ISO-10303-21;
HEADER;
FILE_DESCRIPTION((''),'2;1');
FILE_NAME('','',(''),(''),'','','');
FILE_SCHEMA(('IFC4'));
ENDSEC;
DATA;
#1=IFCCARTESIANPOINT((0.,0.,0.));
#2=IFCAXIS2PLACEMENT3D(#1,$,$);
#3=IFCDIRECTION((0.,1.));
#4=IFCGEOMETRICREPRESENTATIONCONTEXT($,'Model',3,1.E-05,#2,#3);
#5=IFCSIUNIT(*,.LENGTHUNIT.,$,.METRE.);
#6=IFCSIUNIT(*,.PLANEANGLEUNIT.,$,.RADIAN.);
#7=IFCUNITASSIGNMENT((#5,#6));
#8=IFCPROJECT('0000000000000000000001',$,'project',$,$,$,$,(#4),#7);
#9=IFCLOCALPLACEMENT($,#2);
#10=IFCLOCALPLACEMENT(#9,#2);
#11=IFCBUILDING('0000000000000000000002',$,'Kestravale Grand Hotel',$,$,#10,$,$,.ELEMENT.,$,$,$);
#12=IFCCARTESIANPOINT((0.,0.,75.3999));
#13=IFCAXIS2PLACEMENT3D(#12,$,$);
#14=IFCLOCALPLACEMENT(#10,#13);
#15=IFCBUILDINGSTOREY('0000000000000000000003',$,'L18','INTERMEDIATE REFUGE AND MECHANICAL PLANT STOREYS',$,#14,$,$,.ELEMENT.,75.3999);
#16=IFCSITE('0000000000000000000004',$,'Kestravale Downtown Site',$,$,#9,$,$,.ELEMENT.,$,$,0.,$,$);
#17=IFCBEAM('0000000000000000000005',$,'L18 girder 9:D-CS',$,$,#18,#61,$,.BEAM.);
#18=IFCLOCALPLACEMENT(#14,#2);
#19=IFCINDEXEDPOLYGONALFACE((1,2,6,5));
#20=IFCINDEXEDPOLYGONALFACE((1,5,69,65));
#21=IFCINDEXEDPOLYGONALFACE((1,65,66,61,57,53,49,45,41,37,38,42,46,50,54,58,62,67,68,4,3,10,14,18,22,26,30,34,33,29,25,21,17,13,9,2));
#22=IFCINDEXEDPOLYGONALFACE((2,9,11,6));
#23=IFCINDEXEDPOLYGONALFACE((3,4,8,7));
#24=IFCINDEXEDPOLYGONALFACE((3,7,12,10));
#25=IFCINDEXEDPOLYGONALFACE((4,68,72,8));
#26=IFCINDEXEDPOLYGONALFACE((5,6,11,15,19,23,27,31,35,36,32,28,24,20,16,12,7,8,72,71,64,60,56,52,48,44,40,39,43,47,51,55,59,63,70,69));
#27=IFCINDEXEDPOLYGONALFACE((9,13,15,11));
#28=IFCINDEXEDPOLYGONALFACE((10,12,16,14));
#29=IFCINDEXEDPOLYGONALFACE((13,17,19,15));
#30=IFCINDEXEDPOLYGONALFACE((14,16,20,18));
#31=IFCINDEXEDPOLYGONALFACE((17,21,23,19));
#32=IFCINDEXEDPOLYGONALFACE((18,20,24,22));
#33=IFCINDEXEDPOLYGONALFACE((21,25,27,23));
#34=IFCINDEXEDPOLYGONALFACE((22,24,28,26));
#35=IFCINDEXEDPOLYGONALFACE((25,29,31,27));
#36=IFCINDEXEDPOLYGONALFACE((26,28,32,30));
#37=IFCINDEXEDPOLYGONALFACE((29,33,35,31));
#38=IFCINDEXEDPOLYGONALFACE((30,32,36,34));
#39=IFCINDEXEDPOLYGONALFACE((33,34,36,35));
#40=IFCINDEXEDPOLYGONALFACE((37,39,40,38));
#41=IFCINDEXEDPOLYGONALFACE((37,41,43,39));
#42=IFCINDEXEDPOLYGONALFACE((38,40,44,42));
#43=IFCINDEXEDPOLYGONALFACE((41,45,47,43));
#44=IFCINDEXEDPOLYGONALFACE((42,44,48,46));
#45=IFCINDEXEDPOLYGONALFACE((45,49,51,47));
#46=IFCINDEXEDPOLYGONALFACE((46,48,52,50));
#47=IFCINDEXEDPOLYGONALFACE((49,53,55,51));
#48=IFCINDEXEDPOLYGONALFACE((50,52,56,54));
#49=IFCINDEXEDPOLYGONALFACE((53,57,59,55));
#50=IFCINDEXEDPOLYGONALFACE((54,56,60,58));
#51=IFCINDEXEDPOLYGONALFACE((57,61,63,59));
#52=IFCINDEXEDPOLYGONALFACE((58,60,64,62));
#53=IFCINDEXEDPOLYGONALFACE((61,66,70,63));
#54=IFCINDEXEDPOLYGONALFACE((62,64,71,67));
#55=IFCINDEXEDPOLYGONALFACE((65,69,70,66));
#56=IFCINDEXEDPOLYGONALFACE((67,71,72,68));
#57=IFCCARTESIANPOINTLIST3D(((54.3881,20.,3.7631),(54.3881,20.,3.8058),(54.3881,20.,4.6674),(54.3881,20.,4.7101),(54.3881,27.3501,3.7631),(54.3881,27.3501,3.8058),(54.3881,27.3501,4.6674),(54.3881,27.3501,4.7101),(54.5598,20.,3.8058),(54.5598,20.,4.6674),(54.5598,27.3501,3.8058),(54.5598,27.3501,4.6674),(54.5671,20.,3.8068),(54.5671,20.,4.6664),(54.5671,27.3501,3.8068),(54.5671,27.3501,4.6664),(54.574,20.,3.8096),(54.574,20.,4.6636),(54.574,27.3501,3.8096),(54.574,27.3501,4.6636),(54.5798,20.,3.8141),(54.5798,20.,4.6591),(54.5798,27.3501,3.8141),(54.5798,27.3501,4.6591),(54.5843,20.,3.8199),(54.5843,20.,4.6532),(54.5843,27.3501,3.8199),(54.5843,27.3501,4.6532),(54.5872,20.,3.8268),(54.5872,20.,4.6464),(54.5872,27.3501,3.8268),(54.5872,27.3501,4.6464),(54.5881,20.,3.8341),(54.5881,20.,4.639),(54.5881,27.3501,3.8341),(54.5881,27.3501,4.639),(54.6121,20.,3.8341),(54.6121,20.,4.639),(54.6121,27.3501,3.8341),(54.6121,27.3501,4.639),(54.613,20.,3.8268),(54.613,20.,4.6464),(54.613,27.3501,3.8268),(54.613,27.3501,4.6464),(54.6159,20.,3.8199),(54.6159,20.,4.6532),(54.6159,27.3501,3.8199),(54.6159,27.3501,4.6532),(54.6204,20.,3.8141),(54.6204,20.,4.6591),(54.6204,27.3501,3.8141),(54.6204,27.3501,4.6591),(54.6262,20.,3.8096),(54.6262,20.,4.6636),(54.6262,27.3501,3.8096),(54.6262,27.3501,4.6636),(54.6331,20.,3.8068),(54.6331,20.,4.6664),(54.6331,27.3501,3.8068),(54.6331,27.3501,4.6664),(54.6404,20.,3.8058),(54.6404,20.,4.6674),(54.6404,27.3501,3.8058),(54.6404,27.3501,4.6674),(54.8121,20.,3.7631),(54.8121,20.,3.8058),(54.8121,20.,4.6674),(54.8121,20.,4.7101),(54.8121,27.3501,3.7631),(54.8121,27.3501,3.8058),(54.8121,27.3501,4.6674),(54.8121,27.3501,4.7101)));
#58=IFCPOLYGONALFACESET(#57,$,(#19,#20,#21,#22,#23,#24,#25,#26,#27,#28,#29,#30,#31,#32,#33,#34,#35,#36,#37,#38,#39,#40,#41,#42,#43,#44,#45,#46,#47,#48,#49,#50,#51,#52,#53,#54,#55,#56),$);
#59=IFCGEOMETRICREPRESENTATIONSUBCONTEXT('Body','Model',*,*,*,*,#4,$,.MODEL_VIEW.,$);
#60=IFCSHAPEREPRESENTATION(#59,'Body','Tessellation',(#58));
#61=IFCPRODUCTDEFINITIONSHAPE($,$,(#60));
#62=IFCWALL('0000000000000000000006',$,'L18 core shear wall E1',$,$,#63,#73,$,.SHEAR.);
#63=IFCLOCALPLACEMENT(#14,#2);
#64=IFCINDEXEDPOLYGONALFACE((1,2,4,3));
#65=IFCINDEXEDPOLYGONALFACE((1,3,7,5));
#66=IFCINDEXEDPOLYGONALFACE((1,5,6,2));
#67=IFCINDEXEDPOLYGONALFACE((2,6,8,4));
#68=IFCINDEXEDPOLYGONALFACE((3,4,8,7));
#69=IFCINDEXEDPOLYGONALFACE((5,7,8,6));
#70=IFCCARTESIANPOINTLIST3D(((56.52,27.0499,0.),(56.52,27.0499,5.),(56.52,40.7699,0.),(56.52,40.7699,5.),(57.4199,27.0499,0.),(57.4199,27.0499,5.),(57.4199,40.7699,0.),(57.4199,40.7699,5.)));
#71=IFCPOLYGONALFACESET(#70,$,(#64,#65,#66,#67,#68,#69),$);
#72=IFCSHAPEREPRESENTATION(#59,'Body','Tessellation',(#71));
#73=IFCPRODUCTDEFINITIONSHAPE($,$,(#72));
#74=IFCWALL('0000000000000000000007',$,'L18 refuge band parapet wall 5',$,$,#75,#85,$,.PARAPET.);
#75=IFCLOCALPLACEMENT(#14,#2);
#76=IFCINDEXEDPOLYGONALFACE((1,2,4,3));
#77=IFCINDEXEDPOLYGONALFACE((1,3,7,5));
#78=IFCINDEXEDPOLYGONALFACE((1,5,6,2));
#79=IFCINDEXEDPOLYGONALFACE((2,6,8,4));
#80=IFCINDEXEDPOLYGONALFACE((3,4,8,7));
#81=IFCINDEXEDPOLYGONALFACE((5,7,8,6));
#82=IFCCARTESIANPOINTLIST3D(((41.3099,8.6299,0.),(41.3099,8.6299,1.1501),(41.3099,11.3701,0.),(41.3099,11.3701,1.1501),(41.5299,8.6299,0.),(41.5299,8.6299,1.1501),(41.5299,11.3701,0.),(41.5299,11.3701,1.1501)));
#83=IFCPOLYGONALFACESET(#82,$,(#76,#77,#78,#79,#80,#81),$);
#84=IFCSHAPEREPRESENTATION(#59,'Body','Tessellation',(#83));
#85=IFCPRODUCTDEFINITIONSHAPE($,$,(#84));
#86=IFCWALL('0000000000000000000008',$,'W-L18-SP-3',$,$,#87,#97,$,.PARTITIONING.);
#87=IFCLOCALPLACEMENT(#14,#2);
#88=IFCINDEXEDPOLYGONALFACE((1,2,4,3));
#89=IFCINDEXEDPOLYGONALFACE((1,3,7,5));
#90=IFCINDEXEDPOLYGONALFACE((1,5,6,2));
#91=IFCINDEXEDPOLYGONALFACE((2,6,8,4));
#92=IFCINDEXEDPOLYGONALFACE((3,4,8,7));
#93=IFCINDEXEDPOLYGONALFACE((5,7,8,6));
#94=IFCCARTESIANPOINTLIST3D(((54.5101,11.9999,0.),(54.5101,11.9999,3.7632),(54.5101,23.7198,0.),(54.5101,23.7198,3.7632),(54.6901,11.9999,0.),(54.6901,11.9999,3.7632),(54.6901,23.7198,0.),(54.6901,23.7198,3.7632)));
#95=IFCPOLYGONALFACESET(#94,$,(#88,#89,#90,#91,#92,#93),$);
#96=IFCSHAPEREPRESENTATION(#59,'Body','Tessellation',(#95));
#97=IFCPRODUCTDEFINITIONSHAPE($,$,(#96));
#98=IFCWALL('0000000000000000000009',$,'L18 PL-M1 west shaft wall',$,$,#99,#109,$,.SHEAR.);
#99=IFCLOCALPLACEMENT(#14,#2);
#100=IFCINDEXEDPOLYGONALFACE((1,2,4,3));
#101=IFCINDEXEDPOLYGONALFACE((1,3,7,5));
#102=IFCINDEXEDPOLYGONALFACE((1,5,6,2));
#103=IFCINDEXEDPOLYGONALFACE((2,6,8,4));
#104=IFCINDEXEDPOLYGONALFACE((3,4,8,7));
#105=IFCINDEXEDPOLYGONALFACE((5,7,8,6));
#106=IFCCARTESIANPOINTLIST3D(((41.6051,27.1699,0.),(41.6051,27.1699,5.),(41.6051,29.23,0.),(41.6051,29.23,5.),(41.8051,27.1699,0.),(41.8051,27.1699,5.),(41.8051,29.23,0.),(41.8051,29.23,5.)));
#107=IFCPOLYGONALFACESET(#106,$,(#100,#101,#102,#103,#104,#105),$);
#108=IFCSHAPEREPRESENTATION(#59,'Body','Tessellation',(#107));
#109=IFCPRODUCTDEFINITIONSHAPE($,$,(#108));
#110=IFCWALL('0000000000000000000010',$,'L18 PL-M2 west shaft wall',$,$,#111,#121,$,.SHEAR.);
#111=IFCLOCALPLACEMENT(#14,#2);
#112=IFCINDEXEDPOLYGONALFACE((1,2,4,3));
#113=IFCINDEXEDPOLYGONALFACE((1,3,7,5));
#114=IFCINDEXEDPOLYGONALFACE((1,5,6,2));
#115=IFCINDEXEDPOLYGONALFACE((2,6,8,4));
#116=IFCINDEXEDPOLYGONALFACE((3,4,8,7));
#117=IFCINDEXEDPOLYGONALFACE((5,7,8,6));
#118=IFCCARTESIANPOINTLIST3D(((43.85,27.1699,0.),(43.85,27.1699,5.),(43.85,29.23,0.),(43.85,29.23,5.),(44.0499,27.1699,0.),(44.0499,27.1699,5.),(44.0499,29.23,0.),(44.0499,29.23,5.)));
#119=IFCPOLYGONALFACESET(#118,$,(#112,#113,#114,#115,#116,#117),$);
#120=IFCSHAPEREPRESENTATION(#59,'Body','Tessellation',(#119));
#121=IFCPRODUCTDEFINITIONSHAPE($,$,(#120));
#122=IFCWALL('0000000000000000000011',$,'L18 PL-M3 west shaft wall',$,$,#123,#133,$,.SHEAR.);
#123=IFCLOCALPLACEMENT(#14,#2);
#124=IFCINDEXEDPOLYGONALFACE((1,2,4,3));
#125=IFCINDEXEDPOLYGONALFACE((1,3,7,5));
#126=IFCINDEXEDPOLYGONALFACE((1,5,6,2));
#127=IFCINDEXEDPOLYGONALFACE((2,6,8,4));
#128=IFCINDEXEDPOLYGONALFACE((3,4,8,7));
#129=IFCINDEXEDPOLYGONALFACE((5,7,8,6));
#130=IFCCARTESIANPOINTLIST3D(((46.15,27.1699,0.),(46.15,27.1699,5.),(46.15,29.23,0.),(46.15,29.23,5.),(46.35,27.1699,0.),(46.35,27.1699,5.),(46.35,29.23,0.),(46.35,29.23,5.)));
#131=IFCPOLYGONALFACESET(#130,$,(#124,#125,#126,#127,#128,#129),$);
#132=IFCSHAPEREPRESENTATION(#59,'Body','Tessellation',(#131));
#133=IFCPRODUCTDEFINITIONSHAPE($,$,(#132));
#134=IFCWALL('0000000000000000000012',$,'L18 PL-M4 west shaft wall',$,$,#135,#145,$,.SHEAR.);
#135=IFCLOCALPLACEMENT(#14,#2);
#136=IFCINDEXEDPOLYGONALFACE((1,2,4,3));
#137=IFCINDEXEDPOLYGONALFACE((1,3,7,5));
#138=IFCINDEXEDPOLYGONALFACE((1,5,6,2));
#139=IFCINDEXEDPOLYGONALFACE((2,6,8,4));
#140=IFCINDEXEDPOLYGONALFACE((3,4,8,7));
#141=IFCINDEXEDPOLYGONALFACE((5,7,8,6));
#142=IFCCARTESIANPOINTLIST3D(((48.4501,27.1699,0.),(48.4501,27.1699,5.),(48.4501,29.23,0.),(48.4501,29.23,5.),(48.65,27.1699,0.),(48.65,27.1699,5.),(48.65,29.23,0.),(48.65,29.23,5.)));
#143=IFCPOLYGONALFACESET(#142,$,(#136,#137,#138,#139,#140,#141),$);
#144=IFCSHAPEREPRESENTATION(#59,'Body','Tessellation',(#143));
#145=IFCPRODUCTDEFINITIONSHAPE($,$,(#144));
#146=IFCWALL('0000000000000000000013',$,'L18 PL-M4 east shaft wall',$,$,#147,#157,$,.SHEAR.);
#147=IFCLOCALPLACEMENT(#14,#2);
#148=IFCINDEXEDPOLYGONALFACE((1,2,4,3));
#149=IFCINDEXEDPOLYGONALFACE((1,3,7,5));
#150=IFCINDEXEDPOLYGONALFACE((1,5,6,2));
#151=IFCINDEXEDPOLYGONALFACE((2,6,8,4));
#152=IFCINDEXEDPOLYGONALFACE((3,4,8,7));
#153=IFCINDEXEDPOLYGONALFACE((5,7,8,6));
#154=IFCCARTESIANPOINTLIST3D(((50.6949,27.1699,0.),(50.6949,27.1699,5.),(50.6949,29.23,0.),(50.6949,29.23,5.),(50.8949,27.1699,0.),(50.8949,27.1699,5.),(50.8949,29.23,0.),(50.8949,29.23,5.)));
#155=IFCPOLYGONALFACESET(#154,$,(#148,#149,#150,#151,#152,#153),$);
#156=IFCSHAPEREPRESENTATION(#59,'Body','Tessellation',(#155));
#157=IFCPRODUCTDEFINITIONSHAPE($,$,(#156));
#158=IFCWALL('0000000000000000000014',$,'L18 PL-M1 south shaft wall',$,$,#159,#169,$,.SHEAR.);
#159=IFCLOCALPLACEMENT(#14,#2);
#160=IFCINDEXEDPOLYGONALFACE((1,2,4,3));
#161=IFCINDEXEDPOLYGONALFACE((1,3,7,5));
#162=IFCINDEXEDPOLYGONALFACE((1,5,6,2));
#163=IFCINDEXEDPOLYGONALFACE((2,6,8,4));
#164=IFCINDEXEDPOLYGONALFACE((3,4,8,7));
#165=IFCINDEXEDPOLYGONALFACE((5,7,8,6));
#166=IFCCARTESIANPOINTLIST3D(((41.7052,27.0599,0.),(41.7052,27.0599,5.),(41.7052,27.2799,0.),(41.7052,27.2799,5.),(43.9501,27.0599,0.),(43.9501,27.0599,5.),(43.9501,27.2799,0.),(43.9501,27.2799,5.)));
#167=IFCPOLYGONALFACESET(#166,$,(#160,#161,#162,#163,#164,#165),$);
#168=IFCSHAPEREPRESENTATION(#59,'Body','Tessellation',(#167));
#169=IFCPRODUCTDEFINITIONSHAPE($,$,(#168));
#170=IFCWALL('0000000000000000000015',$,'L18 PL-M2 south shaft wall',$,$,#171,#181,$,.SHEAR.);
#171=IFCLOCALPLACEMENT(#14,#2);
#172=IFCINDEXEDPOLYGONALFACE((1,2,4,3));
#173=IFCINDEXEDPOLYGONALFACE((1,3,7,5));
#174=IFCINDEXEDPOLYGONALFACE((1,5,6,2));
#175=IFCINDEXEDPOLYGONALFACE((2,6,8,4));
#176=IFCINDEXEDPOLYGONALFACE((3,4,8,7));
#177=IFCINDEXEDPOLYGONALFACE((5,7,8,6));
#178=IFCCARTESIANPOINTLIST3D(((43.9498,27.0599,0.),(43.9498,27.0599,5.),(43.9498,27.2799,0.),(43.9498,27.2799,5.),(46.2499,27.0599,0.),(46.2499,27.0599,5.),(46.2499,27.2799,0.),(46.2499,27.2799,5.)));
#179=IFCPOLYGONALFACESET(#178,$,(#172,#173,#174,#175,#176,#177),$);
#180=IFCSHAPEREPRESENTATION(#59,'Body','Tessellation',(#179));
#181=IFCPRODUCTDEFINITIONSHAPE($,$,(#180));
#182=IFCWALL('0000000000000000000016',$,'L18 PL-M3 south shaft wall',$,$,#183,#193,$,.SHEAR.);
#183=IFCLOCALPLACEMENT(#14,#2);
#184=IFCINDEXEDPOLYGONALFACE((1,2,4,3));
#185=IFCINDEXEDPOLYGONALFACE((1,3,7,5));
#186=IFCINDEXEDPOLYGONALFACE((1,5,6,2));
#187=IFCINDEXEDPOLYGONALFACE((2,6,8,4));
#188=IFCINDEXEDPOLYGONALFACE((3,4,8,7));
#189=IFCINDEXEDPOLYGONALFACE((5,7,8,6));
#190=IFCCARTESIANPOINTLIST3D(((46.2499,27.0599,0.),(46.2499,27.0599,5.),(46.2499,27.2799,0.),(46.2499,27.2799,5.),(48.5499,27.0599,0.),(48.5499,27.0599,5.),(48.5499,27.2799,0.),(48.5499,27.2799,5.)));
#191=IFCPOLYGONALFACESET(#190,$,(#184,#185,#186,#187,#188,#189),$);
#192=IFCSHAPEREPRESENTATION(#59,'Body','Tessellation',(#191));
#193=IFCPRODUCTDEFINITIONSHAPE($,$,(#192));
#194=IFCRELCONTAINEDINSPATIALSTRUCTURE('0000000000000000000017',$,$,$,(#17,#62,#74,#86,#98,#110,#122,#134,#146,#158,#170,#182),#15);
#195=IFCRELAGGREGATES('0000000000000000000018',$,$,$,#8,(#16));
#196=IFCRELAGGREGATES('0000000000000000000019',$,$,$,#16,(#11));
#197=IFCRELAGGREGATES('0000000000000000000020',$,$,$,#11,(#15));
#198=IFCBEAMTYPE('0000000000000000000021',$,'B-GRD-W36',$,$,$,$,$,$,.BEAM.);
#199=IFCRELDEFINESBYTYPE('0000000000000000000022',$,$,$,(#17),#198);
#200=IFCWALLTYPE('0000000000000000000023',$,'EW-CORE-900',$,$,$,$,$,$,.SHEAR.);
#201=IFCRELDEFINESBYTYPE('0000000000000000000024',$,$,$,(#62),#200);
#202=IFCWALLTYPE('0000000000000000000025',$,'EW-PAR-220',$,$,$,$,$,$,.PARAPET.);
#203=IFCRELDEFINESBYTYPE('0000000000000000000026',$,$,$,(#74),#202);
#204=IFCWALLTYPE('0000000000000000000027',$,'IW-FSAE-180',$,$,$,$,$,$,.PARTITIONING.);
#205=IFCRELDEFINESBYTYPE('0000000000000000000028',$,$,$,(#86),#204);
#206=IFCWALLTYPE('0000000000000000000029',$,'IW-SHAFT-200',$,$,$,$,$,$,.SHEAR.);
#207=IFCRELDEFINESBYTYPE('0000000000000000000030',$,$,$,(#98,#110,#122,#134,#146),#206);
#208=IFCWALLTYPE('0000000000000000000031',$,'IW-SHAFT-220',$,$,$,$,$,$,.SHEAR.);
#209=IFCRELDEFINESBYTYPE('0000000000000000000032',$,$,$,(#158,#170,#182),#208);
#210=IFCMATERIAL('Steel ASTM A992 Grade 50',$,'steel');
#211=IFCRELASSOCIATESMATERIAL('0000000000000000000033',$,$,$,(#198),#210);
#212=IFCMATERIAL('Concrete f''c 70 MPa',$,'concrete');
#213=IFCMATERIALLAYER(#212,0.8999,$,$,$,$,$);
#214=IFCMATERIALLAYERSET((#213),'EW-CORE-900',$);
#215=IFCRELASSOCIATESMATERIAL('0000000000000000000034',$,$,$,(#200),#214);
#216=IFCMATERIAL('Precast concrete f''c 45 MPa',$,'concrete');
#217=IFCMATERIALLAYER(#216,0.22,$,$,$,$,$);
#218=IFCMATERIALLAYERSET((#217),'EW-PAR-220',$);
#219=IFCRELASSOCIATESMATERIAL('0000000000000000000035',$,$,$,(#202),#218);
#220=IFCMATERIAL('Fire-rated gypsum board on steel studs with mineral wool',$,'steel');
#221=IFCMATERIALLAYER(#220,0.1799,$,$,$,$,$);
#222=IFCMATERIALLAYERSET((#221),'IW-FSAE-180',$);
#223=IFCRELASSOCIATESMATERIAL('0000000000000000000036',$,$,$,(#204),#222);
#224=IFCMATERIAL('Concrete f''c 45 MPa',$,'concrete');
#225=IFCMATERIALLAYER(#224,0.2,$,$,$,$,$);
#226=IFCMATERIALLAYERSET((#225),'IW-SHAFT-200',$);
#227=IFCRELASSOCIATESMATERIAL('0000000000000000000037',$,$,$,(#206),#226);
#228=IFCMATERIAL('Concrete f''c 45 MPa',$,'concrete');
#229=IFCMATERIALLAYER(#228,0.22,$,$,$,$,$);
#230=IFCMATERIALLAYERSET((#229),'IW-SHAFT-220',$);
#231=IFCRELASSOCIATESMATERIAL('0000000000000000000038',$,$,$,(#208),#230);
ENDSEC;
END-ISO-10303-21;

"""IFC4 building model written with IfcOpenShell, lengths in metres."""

from ifc_helpers import new_model, si_unit, direction, frame, frame_2d, origin, origin_2d, place, context, subcontext, project, spatial, rectangle, i_section, extrude, material, layer, layer_set, material_profile, profile_set, type_object, element, save


model = new_model("IFC4")

# Units and contexts
model_context = context("Model", 3, precision=1e-05, world=origin(), true_north=direction((0.0, 1.0)))
body_context = subcontext(model_context, "Body", "Model", "MODEL_VIEW")
ifc_project = project(units=[si_unit("LENGTHUNIT", "METRE"), si_unit("PLANEANGLEUNIT", "RADIAN")], contexts=[model_context])

# Site, building, storey
site_placement = place(None, origin())
site = spatial("IfcSite", under=ifc_project, at=site_placement, Name="Kestravale Downtown Site", CompositionType="ELEMENT", RefElevation=0.0)
building_placement = place(site_placement, origin())
building = spatial("IfcBuilding", under=site, at=building_placement, Name="Kestravale Grand Hotel", CompositionType="ELEMENT")
storey_placement = place(building_placement, frame((0.0, 0.0, 75.3999)))
storey = spatial("IfcBuildingStorey", under=building, at=storey_placement, Name="L18", Description="INTERMEDIATE REFUGE AND MECHANICAL PLANT STOREYS", CompositionType="ELEMENT", Elevation=75.3999)

# Beam
ifc_material_1 = material(Name="Steel ASTM A992 Grade 50", Category="steel")
ifc_material_profile_1 = material_profile(ifc_material_1, i_section(OverallWidth=0.4241, OverallDepth=0.947, WebThickness=0.0239, FlangeThickness=0.0427, FilletRadius=0.0283, at=origin_2d()))
ifc_profile_set_1 = profile_set([ifc_material_profile_1], Name="Steel ASTM A992 Grade 50")
beam_type_1 = type_object("IfcBeamType", Name="B-GRD-W36", PredefinedType="BEAM", material=ifc_profile_set_1)
beam_1_placement = place(storey_placement, frame((54.6001, 20.0, 4.2366), z_axis=(0.0, 1.0, 0.0), x_axis=(-1.0, 0.0, 0.0)))
element("IfcBeam", 1, at=beam_1_placement, inside=storey, type_object=beam_type_1, Name="L18 girder 9:D-CS", PredefinedType="BEAM", context=body_context, shape_type="SweptSolid", body=[
    extrude(i_section(OverallWidth=0.4241, OverallDepth=0.947, WebThickness=0.0239, FlangeThickness=0.0427, FilletRadius=0.0283, at=origin_2d()), origin(), (0.0, 0.0, 1.0), 7.3501),
])

# Walls
ifc_material_2 = material(Name="Concrete f'c 70 MPa", Category="concrete")
ifc_layer_1 = layer(ifc_material_2, 0.8999)
ifc_layer_set_1 = layer_set([ifc_layer_1], Name="EW-CORE-900")
wall_type_1 = type_object("IfcWallType", Name="EW-CORE-900", PredefinedType="SHEAR", material=ifc_layer_set_1)
wall_1_placement = place(storey_placement, frame((56.97, 27.05, 0.0), z_axis=(0.0, 0.0, 1.0), x_axis=(0.0, 1.0, 0.0)))
element("IfcWall", 2, at=wall_1_placement, inside=storey, type_object=wall_type_1, Name="L18 core shear wall E1", PredefinedType="SHEAR", context=body_context, shape_type="SweptSolid", body=[
    extrude(rectangle(XDim=13.72, YDim=0.8999, at=frame_2d((6.8599, 0.0))), origin(), (0.0, 0.0, 1.0), 5.0),
])
ifc_material_3 = material(Name="Precast concrete f'c 45 MPa", Category="concrete")
ifc_layer_2 = layer(ifc_material_3, 0.22)
ifc_layer_set_2 = layer_set([ifc_layer_2], Name="EW-PAR-220")
wall_type_2 = type_object("IfcWallType", Name="EW-PAR-220", PredefinedType="PARAPET", material=ifc_layer_set_2)
wall_2_placement = place(storey_placement, frame((41.4199, 11.3701, 0.0), z_axis=(0.0, 0.0, 1.0), x_axis=(0.0, -1.0, 0.0)))
element("IfcWall", 3, at=wall_2_placement, inside=storey, type_object=wall_type_2, Name="L18 refuge band parapet wall 5", PredefinedType="PARAPET", context=body_context, shape_type="SweptSolid", body=[
    extrude(rectangle(XDim=2.7402, YDim=0.22, at=frame_2d((1.3701, 0.0))), origin(), (0.0, 0.0, 1.0), 1.1501),
])
ifc_material_4 = material(Name="Fire-rated gypsum board on steel studs with mineral wool", Category="steel")
ifc_layer_3 = layer(ifc_material_4, 0.1799)
ifc_layer_set_3 = layer_set([ifc_layer_3], Name="IW-FSAE-180")
wall_type_3 = type_object("IfcWallType", Name="IW-FSAE-180", PredefinedType="PARTITIONING", material=ifc_layer_set_3)
wall_3_placement = place(storey_placement, frame((54.6001, 12.0, 0.0), z_axis=(0.0, 0.0, 1.0), x_axis=(0.0, 1.0, 0.0)))
element("IfcWall", 4, at=wall_3_placement, inside=storey, type_object=wall_type_3, Name="W-L18-SP-3", PredefinedType="PARTITIONING", context=body_context, shape_type="SweptSolid", body=[
    extrude(rectangle(XDim=11.72, YDim=0.1799, at=frame_2d((5.8599, 0.0))), origin(), (0.0, 0.0, 1.0), 3.7632),
])
ifc_material_5 = material(Name="Concrete f'c 45 MPa", Category="concrete")
ifc_layer_4 = layer(ifc_material_5, 0.2)
ifc_layer_set_4 = layer_set([ifc_layer_4], Name="IW-SHAFT-200")
wall_type_4 = type_object("IfcWallType", Name="IW-SHAFT-200", PredefinedType="SHEAR", material=ifc_layer_set_4)
for number, where, z_axis, x_axis, name in (
    (5, (41.7051, 27.1699, 0.0), (0.0, 0.0, 1.0), (0.0, 1.0, 0.0), "L18 PL-M1 west shaft wall"),
    (6, (43.95, 27.1699, 0.0), (0.0, 0.0, 1.0), (0.0, 1.0, 0.0), "L18 PL-M2 west shaft wall"),
    (7, (46.25, 27.1699, 0.0), (0.0, 0.0, 1.0), (0.0, 1.0, 0.0), "L18 PL-M3 west shaft wall"),
    (8, (48.55, 27.1699, 0.0), (0.0, 0.0, 1.0), (0.0, 1.0, 0.0), "L18 PL-M4 west shaft wall"),
    (9, (50.7949, 27.1699, 0.0), (0.0, 0.0, 1.0), (0.0, 1.0, 0.0), "L18 PL-M4 east shaft wall"),
):
    element("IfcWall", number, at=place(storey_placement, frame(where, z_axis=z_axis, x_axis=x_axis)), inside=storey, type_object=wall_type_4, Name=name, PredefinedType="SHEAR", context=body_context, shape_type="SweptSolid", body=[
        extrude(rectangle(XDim=2.0601, YDim=0.2, at=frame_2d((1.03, 0.0))), origin(), (0.0, 0.0, 1.0), 5.0),
    ])
ifc_material_6 = material(Name="Concrete f'c 45 MPa", Category="concrete")
ifc_layer_5 = layer(ifc_material_6, 0.22)
ifc_layer_set_5 = layer_set([ifc_layer_5], Name="IW-SHAFT-220")
wall_type_5 = type_object("IfcWallType", Name="IW-SHAFT-220", PredefinedType="SHEAR", material=ifc_layer_set_5)
wall_4_placement = place(storey_placement, frame((41.7051, 27.1699, 0.0), z_axis=(0.0, 0.0, 1.0), x_axis=(1.0, 0.0, 0.0)))
element("IfcWall", 10, at=wall_4_placement, inside=storey, type_object=wall_type_5, Name="L18 PL-M1 south shaft wall", PredefinedType="SHEAR", context=body_context, shape_type="SweptSolid", body=[
    extrude(rectangle(XDim=2.2449, YDim=0.22, at=frame_2d((1.1226, 0.0))), origin(), (0.0, 0.0, 1.0), 5.0),
])
for number, where, z_axis, x_axis, name in (
    (11, (43.95, 27.1699, 0.0), (0.0, 0.0, 1.0), (1.0, 0.0, 0.0), "L18 PL-M2 south shaft wall"),
    (12, (46.25, 27.1699, 0.0), (0.0, 0.0, 1.0), (1.0, 0.0, 0.0), "L18 PL-M3 south shaft wall"),
):
    element("IfcWall", number, at=place(storey_placement, frame(where, z_axis=z_axis, x_axis=x_axis)), inside=storey, type_object=wall_type_5, Name=name, PredefinedType="SHEAR", context=body_context, shape_type="SweptSolid", body=[
        extrude(rectangle(XDim=2.3, YDim=0.22, at=frame_2d((1.1499, 0.0))), origin(), (0.0, 0.0, 1.0), 5.0),
    ])

save(model, "model.ifc")
